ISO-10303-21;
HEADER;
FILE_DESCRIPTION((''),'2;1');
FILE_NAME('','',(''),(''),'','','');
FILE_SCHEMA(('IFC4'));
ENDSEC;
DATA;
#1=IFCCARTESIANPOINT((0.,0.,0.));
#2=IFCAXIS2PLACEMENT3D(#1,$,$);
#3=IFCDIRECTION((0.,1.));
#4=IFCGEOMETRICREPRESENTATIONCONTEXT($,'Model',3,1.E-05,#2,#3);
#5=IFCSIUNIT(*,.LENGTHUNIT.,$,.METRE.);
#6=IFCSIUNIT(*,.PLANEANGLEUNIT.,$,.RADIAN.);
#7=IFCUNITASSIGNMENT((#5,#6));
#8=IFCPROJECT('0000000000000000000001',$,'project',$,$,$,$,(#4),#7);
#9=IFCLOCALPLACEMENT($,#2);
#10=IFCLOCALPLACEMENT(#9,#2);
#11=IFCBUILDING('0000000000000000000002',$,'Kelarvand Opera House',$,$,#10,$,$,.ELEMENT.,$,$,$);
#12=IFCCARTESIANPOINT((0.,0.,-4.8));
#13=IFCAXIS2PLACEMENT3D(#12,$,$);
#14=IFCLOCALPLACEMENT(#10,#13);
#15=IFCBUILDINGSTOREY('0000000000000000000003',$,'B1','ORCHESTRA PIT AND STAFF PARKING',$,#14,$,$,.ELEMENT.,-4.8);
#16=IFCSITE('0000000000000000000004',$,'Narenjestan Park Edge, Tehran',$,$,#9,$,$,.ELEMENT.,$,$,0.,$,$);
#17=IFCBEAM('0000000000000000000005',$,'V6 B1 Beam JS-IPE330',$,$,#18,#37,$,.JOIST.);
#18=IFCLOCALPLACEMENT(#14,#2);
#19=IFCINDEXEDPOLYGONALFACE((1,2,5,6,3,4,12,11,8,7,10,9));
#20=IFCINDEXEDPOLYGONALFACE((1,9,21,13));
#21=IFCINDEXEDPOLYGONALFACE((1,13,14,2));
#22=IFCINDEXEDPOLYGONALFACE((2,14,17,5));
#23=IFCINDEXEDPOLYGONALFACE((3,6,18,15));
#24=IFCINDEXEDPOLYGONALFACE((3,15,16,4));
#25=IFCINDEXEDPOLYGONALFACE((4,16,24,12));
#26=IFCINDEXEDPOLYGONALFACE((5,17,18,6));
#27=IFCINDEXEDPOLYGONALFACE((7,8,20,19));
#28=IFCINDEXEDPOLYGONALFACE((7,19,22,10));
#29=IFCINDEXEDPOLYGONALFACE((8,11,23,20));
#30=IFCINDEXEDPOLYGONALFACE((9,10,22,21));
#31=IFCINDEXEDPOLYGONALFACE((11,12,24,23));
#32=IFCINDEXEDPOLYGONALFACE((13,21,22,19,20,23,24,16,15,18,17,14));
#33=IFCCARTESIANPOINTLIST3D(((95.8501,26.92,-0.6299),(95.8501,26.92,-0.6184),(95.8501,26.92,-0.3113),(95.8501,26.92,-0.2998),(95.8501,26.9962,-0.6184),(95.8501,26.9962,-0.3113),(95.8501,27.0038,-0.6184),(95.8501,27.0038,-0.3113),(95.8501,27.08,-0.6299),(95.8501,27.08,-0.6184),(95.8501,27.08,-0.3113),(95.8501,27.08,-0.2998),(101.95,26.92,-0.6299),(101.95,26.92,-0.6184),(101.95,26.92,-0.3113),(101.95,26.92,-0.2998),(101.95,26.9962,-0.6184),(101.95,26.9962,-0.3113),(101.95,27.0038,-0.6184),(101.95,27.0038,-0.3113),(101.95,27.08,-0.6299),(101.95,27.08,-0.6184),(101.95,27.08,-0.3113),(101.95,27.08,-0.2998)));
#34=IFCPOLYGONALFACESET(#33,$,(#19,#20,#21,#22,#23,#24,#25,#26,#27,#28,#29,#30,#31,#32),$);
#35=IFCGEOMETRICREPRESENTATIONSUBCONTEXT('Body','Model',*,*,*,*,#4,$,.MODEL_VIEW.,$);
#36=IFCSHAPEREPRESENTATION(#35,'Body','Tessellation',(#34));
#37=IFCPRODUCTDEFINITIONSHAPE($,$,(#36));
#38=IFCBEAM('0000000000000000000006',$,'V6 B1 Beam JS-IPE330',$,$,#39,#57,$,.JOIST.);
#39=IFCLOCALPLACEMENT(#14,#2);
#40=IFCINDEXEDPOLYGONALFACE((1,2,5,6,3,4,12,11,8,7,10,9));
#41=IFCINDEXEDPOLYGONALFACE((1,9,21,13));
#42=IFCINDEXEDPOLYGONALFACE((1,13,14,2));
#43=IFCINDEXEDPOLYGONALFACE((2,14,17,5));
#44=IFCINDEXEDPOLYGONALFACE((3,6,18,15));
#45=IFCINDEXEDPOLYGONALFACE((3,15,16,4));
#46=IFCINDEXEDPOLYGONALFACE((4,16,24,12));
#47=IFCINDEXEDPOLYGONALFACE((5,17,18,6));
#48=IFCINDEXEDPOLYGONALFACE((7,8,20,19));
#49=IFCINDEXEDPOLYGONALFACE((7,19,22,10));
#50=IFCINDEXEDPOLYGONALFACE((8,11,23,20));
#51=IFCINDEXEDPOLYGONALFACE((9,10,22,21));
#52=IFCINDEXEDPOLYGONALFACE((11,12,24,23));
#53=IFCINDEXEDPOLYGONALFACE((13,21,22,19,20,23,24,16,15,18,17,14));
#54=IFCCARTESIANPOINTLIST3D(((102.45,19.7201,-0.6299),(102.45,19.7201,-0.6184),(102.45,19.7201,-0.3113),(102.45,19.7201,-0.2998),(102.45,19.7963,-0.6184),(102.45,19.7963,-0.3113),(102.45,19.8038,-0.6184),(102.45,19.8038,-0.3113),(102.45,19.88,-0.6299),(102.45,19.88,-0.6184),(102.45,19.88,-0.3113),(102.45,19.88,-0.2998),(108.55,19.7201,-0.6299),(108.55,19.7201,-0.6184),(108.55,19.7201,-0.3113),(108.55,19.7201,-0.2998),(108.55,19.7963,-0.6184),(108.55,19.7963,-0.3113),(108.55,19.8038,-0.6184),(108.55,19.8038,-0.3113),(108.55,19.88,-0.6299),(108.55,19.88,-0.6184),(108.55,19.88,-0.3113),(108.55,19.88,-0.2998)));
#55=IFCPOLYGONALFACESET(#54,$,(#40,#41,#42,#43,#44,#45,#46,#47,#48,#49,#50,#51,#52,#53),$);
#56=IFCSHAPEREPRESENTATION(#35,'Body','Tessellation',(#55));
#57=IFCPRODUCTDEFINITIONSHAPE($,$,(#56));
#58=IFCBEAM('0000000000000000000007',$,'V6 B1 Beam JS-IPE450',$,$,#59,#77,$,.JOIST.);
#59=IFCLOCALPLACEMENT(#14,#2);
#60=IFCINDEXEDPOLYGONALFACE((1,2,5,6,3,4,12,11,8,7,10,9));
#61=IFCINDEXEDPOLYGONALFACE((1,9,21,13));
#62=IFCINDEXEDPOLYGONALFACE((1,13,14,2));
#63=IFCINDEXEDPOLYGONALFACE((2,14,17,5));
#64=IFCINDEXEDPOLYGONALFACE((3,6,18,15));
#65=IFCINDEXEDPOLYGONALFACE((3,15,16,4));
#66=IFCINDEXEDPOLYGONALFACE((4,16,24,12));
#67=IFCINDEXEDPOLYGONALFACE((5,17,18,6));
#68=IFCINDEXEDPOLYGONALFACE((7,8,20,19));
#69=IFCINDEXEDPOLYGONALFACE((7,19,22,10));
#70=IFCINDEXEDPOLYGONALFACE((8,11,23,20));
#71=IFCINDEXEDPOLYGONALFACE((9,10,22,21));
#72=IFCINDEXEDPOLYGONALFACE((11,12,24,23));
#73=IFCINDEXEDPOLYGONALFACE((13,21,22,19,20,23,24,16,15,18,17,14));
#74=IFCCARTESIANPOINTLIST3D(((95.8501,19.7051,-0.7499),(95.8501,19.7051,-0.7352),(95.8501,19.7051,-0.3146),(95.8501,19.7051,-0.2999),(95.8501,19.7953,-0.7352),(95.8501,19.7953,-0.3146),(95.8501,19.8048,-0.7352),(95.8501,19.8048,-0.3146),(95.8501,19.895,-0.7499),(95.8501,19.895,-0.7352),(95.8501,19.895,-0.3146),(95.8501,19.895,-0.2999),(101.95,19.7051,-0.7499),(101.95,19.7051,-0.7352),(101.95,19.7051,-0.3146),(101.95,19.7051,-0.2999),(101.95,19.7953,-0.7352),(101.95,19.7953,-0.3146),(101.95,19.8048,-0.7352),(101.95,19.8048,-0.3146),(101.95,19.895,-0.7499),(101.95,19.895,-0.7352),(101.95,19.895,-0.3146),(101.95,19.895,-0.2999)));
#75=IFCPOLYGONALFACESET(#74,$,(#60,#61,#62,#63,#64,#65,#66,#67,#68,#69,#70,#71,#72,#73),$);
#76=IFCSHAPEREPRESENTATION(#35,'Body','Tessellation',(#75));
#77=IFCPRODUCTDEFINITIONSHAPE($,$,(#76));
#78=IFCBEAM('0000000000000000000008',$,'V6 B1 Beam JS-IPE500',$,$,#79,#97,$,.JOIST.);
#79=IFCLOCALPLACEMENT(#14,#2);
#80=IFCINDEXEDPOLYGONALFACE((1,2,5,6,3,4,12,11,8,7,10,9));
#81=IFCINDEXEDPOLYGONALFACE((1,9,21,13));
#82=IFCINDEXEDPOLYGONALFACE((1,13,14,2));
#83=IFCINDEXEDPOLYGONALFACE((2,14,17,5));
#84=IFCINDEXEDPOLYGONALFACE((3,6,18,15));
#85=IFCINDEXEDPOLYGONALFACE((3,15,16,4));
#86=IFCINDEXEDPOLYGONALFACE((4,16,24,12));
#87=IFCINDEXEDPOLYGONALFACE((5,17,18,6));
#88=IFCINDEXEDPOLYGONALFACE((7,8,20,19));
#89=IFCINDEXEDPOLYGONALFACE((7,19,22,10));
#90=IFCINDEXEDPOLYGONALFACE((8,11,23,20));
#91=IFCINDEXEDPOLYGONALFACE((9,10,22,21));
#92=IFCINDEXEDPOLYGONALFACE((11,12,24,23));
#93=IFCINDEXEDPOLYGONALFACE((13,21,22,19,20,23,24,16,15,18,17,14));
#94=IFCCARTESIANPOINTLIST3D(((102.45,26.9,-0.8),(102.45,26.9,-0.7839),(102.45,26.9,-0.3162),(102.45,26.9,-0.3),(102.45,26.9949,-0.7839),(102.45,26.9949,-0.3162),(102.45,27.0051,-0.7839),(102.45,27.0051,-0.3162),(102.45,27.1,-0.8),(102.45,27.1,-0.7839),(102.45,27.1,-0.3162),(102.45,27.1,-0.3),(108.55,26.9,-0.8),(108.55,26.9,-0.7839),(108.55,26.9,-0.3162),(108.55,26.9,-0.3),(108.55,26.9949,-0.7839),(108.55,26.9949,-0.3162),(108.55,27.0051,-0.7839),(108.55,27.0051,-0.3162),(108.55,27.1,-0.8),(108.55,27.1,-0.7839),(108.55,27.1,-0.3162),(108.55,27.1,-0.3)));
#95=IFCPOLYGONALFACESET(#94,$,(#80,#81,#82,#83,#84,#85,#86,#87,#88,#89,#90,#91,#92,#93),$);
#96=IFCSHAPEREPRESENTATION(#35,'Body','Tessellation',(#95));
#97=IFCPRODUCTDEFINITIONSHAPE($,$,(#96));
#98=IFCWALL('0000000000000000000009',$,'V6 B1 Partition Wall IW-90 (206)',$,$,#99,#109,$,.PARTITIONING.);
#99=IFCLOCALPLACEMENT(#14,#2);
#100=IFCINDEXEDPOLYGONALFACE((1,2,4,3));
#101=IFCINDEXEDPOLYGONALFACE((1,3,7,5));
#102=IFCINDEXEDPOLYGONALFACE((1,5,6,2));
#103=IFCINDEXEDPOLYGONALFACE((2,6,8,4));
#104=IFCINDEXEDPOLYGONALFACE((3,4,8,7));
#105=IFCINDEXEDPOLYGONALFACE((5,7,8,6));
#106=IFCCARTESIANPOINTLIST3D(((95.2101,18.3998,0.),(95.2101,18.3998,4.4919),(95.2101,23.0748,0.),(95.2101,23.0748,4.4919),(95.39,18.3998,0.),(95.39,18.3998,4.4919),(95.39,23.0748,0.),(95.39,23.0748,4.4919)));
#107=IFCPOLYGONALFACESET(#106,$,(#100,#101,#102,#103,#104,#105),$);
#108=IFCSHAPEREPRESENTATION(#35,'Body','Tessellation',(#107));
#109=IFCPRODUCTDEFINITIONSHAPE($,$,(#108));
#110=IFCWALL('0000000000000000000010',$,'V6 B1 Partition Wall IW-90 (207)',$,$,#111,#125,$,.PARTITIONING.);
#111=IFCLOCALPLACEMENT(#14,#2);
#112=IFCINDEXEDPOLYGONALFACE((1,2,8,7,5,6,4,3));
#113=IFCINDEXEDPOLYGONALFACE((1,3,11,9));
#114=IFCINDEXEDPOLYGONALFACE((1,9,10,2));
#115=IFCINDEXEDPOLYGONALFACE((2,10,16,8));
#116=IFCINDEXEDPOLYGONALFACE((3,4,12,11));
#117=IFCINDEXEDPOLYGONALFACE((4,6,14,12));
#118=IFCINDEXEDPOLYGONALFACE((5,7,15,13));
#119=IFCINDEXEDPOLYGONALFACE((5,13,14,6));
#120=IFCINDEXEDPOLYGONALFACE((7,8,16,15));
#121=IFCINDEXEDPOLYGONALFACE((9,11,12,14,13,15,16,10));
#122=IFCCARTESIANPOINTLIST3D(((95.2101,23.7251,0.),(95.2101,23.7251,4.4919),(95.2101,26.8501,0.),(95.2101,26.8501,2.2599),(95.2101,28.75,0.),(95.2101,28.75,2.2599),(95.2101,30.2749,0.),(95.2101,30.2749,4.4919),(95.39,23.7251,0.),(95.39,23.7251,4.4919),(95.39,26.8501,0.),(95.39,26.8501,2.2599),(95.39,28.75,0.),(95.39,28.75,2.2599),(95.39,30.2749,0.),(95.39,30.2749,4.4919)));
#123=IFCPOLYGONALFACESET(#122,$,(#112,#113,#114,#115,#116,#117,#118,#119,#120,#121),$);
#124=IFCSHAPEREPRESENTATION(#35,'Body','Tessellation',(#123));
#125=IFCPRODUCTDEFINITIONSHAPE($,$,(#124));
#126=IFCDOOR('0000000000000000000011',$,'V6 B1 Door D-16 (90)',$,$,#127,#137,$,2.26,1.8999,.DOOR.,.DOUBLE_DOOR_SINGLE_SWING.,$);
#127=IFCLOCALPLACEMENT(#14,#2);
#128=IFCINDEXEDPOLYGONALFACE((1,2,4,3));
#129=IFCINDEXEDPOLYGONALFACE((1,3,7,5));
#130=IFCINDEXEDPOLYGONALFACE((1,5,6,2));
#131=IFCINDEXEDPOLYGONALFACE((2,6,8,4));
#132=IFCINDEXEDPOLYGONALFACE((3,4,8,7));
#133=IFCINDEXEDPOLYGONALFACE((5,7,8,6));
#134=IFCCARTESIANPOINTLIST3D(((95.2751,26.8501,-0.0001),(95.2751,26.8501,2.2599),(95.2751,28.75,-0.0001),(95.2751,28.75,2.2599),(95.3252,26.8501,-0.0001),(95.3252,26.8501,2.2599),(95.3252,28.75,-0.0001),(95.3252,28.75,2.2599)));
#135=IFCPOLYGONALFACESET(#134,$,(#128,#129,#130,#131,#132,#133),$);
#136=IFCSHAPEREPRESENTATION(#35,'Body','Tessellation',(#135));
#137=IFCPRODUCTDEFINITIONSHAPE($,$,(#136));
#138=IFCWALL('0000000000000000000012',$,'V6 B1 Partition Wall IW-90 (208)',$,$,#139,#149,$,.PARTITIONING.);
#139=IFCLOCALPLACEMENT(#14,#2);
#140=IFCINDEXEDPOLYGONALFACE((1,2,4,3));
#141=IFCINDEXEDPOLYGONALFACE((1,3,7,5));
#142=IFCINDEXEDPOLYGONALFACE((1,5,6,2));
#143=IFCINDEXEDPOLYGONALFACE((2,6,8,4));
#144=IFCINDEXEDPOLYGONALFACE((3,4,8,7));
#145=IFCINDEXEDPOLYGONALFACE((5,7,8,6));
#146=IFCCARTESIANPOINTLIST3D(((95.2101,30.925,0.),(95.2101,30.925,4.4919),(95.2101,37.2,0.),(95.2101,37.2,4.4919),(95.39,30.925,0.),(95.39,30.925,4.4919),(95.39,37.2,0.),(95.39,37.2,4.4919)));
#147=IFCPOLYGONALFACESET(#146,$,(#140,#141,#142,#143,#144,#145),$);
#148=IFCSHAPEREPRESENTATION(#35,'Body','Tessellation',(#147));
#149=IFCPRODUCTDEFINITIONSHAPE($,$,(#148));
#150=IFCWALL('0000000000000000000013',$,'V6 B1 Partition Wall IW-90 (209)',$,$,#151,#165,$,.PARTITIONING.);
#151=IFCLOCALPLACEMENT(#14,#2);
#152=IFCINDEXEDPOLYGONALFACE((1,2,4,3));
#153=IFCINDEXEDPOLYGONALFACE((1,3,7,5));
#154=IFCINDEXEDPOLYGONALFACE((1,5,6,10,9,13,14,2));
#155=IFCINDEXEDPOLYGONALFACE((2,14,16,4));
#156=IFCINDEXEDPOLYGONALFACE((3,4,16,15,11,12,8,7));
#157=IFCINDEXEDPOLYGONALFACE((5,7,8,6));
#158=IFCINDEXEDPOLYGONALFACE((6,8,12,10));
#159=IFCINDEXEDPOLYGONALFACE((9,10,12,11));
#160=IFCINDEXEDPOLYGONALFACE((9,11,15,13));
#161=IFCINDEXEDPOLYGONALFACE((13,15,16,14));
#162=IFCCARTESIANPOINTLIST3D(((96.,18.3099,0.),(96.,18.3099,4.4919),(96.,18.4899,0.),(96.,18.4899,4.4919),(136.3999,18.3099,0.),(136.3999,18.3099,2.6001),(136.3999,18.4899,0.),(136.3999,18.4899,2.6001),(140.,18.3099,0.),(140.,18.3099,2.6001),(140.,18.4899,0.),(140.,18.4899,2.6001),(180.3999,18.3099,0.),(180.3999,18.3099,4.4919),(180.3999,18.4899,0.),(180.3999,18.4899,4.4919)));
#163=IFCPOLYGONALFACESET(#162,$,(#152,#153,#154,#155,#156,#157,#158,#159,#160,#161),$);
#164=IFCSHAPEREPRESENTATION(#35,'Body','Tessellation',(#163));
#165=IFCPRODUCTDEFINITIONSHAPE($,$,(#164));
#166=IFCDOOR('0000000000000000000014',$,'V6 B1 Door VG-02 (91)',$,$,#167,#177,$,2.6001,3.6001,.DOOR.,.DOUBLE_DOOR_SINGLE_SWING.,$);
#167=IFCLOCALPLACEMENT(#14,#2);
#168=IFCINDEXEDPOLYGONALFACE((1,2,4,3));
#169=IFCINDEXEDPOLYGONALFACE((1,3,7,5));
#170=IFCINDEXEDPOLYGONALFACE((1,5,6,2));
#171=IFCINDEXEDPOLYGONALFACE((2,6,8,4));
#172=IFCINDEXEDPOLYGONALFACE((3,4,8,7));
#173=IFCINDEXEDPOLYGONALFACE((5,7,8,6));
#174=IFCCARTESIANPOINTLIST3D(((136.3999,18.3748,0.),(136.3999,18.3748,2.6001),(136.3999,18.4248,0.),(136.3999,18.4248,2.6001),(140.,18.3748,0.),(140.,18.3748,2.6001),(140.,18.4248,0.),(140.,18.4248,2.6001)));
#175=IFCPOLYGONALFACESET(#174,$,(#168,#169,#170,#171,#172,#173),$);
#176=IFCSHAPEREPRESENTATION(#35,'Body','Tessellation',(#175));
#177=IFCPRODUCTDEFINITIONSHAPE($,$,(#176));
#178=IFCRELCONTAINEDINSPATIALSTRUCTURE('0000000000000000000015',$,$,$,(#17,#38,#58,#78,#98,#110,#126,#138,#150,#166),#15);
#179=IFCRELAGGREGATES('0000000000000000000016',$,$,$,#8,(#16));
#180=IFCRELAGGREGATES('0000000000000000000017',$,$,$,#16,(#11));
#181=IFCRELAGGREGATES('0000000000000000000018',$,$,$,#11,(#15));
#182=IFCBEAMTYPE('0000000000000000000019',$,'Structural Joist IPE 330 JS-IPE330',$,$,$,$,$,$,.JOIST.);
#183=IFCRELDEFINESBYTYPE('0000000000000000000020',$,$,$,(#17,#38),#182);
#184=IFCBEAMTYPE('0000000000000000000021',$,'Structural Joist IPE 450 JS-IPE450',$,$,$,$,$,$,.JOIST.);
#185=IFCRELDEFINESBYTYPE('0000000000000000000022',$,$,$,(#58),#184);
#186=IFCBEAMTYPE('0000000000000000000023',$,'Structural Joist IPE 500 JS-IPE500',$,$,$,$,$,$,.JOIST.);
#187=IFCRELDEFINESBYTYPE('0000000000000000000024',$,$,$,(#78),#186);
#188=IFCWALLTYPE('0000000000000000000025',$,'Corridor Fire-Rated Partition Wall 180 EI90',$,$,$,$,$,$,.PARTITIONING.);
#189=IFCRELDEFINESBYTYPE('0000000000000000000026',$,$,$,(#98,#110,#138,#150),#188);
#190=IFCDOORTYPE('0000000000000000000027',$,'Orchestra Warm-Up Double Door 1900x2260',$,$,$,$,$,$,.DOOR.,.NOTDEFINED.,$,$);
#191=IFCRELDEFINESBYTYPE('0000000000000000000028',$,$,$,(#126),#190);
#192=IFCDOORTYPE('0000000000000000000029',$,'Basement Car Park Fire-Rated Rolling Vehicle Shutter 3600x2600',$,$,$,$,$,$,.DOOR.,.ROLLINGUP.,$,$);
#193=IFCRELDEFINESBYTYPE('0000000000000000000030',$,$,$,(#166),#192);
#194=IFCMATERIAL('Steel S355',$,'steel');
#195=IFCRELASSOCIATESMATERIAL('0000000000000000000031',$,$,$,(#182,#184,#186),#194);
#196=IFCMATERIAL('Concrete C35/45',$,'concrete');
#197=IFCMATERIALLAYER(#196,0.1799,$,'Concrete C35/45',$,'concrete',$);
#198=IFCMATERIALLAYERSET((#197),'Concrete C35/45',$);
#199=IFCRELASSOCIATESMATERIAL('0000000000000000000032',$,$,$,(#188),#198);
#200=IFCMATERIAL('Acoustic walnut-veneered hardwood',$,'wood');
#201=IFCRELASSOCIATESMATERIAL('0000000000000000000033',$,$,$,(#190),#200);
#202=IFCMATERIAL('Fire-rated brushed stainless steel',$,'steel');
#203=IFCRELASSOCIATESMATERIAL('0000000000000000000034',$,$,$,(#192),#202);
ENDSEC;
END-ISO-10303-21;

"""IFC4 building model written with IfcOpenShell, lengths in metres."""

from ifc_helpers import new_model, si_unit, direction, frame, frame_2d, origin, origin_2d, place, context, subcontext, project, spatial, rectangle, i_section, extrude, material, layer, layer_set, material_profile, profile_set, type_object, element, fill, save


model = new_model("IFC4")

# Units and contexts
model_context = context("Model", 3, precision=1e-05, world=origin(), true_north=direction((0.0, 1.0)))
body_context = subcontext(model_context, "Body", "Model", "MODEL_VIEW")
ifc_project = project(units=[si_unit("LENGTHUNIT", "METRE"), si_unit("PLANEANGLEUNIT", "RADIAN")], contexts=[model_context])

# Site, building, storey
site_placement = place(None, origin())
site = spatial("IfcSite", under=ifc_project, at=site_placement, Name="Narenjestan Park Edge, Tehran", CompositionType="ELEMENT", RefElevation=0.0)
building_placement = place(site_placement, origin())
building = spatial("IfcBuilding", under=site, at=building_placement, Name="Kelarvand Opera House", CompositionType="ELEMENT")
storey_placement = place(building_placement, frame((0.0, 0.0, -4.8)))
storey = spatial("IfcBuildingStorey", under=building, at=storey_placement, Name="B1", Description="ORCHESTRA PIT AND STAFF PARKING", CompositionType="ELEMENT", Elevation=-4.8)

# Beams
ifc_material_1 = material(Name="Steel S355", Category="steel")
ifc_material_profile_1 = material_profile(ifc_material_1, i_section(OverallWidth=0.1599, OverallDepth=0.3301, WebThickness=0.0076, FlangeThickness=0.0115, at=origin_2d()), Name="IPE 330", Category="steel")
ifc_profile_set_1 = profile_set([ifc_material_profile_1], Name="Steel S355")
beam_type_1 = type_object("IfcBeamType", Name="Structural Joist IPE 330 JS-IPE330", PredefinedType="JOIST", material=ifc_profile_set_1)
beam_1_placement = place(storey_placement, frame((95.8501, 27.0, -0.4648), z_axis=(1.0, 0.0, 0.0), x_axis=(0.0, 1.0, 0.0)))
element("IfcBeam", 1, at=beam_1_placement, inside=storey, type_object=beam_type_1, Name="V6 B1 Beam JS-IPE330", PredefinedType="JOIST", context=body_context, shape_type="SweptSolid", body=[
    extrude(i_section(OverallWidth=0.1599, OverallDepth=0.3301, WebThickness=0.0076, FlangeThickness=0.0115, at=origin_2d()), origin(), (0.0, 0.0, 1.0), 6.0999),
])
beam_2_placement = place(storey_placement, frame((102.45, 19.8, -0.4648), z_axis=(1.0, 0.0, 0.0), x_axis=(0.0, 1.0, 0.0)))
element("IfcBeam", 2, at=beam_2_placement, inside=storey, type_object=beam_type_1, Name="V6 B1 Beam JS-IPE330", PredefinedType="JOIST", context=body_context, shape_type="SweptSolid", body=[
    extrude(i_section(OverallWidth=0.1599, OverallDepth=0.3301, WebThickness=0.0076, FlangeThickness=0.0115, at=origin_2d()), origin(), (0.0, 0.0, 1.0), 6.1001),
])
ifc_material_profile_2 = material_profile(ifc_material_1, i_section(OverallWidth=0.1899, OverallDepth=0.45, WebThickness=0.0095, FlangeThickness=0.0146, at=origin_2d()), Name="IPE 450", Category="steel")
ifc_profile_set_2 = profile_set([ifc_material_profile_2], Name="Steel S355")
beam_type_2 = type_object("IfcBeamType", Name="Structural Joist IPE 450 JS-IPE450", PredefinedType="JOIST", material=ifc_profile_set_2)
beam_3_placement = place(storey_placement, frame((95.8501, 19.8, -0.5249), z_axis=(1.0, 0.0, 0.0), x_axis=(0.0, 1.0, 0.0)))
element("IfcBeam", 3, at=beam_3_placement, inside=storey, type_object=beam_type_2, Name="V6 B1 Beam JS-IPE450", PredefinedType="JOIST", context=body_context, shape_type="SweptSolid", body=[
    extrude(i_section(OverallWidth=0.1899, OverallDepth=0.45, WebThickness=0.0095, FlangeThickness=0.0146, at=origin_2d()), origin(), (0.0, 0.0, 1.0), 6.0999),
])
ifc_material_profile_3 = material_profile(ifc_material_1, i_section(OverallWidth=0.2, OverallDepth=0.5, WebThickness=0.0103, FlangeThickness=0.0161, at=origin_2d()), Name="IPE 500", Category="steel")
ifc_profile_set_3 = profile_set([ifc_material_profile_3], Name="Steel S355")
beam_type_3 = type_object("IfcBeamType", Name="Structural Joist IPE 500 JS-IPE500", PredefinedType="JOIST", material=ifc_profile_set_3)
beam_4_placement = place(storey_placement, frame((102.45, 27.0, -0.55), z_axis=(1.0, 0.0, 0.0), x_axis=(0.0, 1.0, 0.0)))
element("IfcBeam", 4, at=beam_4_placement, inside=storey, type_object=beam_type_3, Name="V6 B1 Beam JS-IPE500", PredefinedType="JOIST", context=body_context, shape_type="SweptSolid", body=[
    extrude(i_section(OverallWidth=0.2, OverallDepth=0.5, WebThickness=0.0103, FlangeThickness=0.0161, at=origin_2d()), origin(), (0.0, 0.0, 1.0), 6.1001),
])

# Wall
ifc_material_2 = material(Name="Concrete C35/45", Category="concrete")
ifc_layer = layer(ifc_material_2, 0.1799, Name="Concrete C35/45", Category="concrete")
ifc_layer_set = layer_set([ifc_layer], Name="Concrete C35/45")
wall_type = type_object("IfcWallType", Name="Corridor Fire-Rated Partition Wall 180 EI90", PredefinedType="PARTITIONING", material=ifc_layer_set)
wall_1_placement = place(storey_placement, frame((95.3, 18.3999, 0.0), z_axis=(0.0, 0.0, 1.0), x_axis=(0.0, 1.0, 0.0)))
element("IfcWall", 5, at=wall_1_placement, inside=storey, type_object=wall_type, Name="V6 B1 Partition Wall IW-90 (206)", PredefinedType="PARTITIONING", context=body_context, shape_type="SweptSolid", body=[
    extrude(rectangle(XDim=4.675, YDim=0.1799, at=frame_2d((2.3374, 0.0))), origin(), (0.0, 0.0, 1.0), 4.4919),
])

# Wall, opening, door
wall_2_placement = place(storey_placement, frame((95.3, 23.7251, 0.0), z_axis=(0.0, 0.0, 1.0), x_axis=(0.0, 1.0, 0.0)))
wall_2 = element("IfcWall", 6, at=wall_2_placement, inside=storey, type_object=wall_type, Name="V6 B1 Partition Wall IW-90 (207)", PredefinedType="PARTITIONING", context=body_context, shape_type="SweptSolid", body=[
    extrude(rectangle(XDim=6.5498, YDim=0.1799, at=frame_2d((3.2749, 0.0))), origin(), (0.0, 0.0, 1.0), 4.4919),
])
opening_1_placement = place(wall_2_placement, frame((3.125, 0.0, 0.0)))
opening_1 = element("IfcOpeningElement", 7, at=opening_1_placement, cuts=wall_2, PredefinedType="OPENING", context=body_context, shape_type="SweptSolid", body=[
    extrude(rectangle(XDim=1.8999, YDim=2.26, at=frame_2d((0.95, 1.1299))), frame((0.0, 0.1001, 0.0), z_axis=(0.0, -1.0, 0.0), x_axis=(1.0, 0.0, 0.0)), (0.0, 0.0, 1.0), 0.2),
])
ifc_material_3 = material(Name="Acoustic walnut-veneered hardwood", Category="wood")
door_type_1 = type_object("IfcDoorType", Name="Orchestra Warm-Up Double Door 1900x2260", OperationType="NOTDEFINED", PredefinedType="DOOR", material=ifc_material_3)
door_1_placement = place(opening_1_placement, origin())
door_1 = element("IfcDoor", 8, at=door_1_placement, inside=storey, type_object=door_type_1, Name="V6 B1 Door D-16 (90)", OperationType="DOUBLE_DOOR_SINGLE_SWING", OverallHeight=2.26, OverallWidth=1.8999, PredefinedType="DOOR", context=body_context, shape_type="SweptSolid", body=[
    extrude(rectangle(XDim=1.8999, YDim=2.26, at=frame_2d((0.95, 1.1299))), frame((0.0, 0.0249, 0.0), z_axis=(0.0, -1.0, 0.0), x_axis=(1.0, 0.0, 0.0)), (0.0, 0.0, 1.0), 0.05),
])
fill(opening_1, door_1)

# Wall
wall_3_placement = place(storey_placement, frame((95.3, 30.925, 0.0), z_axis=(0.0, 0.0, 1.0), x_axis=(0.0, 1.0, 0.0)))
element("IfcWall", 9, at=wall_3_placement, inside=storey, type_object=wall_type, Name="V6 B1 Partition Wall IW-90 (208)", PredefinedType="PARTITIONING", context=body_context, shape_type="SweptSolid", body=[
    extrude(rectangle(XDim=6.2749, YDim=0.1799, at=frame_2d((3.1375, 0.0))), origin(), (0.0, 0.0, 1.0), 4.4919),
])

# Wall, opening, door
wall_4_placement = place(storey_placement, frame((96.0, 18.3999, 0.0), z_axis=(0.0, 0.0, 1.0), x_axis=(1.0, 0.0, 0.0)))
wall_4 = element("IfcWall", 10, at=wall_4_placement, inside=storey, type_object=wall_type, Name="V6 B1 Partition Wall IW-90 (209)", PredefinedType="PARTITIONING", context=body_context, shape_type="SweptSolid", body=[
    extrude(rectangle(XDim=84.3999, YDim=0.1799, at=frame_2d((42.2, 0.0))), origin(), (0.0, 0.0, 1.0), 4.4919),
])
opening_2_placement = place(wall_4_placement, frame((40.3999, 0.0, 0.0)))
opening_2 = element("IfcOpeningElement", 11, at=opening_2_placement, cuts=wall_4, PredefinedType="OPENING", context=body_context, shape_type="SweptSolid", body=[
    extrude(rectangle(XDim=3.6001, YDim=2.6001, at=frame_2d((1.8, 1.3))), frame((0.0, 0.1001, 0.0), z_axis=(0.0, -1.0, 0.0), x_axis=(1.0, 0.0, 0.0)), (0.0, 0.0, 1.0), 0.2),
])
ifc_material_4 = material(Name="Fire-rated brushed stainless steel", Category="steel")
door_type_2 = type_object("IfcDoorType", Name="Basement Car Park Fire-Rated Rolling Vehicle Shutter 3600x2600", OperationType="ROLLINGUP", PredefinedType="DOOR", material=ifc_material_4)
door_2_placement = place(opening_2_placement, origin())
door_2 = element("IfcDoor", 12, at=door_2_placement, inside=storey, type_object=door_type_2, Name="V6 B1 Door VG-02 (91)", OperationType="DOUBLE_DOOR_SINGLE_SWING", OverallHeight=2.6001, OverallWidth=3.6001, PredefinedType="DOOR", context=body_context, shape_type="SweptSolid", body=[
    extrude(rectangle(XDim=3.6001, YDim=2.6001, at=frame_2d((1.8, 1.3))), frame((0.0, 0.0249, 0.0), z_axis=(0.0, -1.0, 0.0), x_axis=(1.0, 0.0, 0.0)), (0.0, 0.0, 1.0), 0.05),
])
fill(opening_2, door_2)

save(model, "model.ifc")
